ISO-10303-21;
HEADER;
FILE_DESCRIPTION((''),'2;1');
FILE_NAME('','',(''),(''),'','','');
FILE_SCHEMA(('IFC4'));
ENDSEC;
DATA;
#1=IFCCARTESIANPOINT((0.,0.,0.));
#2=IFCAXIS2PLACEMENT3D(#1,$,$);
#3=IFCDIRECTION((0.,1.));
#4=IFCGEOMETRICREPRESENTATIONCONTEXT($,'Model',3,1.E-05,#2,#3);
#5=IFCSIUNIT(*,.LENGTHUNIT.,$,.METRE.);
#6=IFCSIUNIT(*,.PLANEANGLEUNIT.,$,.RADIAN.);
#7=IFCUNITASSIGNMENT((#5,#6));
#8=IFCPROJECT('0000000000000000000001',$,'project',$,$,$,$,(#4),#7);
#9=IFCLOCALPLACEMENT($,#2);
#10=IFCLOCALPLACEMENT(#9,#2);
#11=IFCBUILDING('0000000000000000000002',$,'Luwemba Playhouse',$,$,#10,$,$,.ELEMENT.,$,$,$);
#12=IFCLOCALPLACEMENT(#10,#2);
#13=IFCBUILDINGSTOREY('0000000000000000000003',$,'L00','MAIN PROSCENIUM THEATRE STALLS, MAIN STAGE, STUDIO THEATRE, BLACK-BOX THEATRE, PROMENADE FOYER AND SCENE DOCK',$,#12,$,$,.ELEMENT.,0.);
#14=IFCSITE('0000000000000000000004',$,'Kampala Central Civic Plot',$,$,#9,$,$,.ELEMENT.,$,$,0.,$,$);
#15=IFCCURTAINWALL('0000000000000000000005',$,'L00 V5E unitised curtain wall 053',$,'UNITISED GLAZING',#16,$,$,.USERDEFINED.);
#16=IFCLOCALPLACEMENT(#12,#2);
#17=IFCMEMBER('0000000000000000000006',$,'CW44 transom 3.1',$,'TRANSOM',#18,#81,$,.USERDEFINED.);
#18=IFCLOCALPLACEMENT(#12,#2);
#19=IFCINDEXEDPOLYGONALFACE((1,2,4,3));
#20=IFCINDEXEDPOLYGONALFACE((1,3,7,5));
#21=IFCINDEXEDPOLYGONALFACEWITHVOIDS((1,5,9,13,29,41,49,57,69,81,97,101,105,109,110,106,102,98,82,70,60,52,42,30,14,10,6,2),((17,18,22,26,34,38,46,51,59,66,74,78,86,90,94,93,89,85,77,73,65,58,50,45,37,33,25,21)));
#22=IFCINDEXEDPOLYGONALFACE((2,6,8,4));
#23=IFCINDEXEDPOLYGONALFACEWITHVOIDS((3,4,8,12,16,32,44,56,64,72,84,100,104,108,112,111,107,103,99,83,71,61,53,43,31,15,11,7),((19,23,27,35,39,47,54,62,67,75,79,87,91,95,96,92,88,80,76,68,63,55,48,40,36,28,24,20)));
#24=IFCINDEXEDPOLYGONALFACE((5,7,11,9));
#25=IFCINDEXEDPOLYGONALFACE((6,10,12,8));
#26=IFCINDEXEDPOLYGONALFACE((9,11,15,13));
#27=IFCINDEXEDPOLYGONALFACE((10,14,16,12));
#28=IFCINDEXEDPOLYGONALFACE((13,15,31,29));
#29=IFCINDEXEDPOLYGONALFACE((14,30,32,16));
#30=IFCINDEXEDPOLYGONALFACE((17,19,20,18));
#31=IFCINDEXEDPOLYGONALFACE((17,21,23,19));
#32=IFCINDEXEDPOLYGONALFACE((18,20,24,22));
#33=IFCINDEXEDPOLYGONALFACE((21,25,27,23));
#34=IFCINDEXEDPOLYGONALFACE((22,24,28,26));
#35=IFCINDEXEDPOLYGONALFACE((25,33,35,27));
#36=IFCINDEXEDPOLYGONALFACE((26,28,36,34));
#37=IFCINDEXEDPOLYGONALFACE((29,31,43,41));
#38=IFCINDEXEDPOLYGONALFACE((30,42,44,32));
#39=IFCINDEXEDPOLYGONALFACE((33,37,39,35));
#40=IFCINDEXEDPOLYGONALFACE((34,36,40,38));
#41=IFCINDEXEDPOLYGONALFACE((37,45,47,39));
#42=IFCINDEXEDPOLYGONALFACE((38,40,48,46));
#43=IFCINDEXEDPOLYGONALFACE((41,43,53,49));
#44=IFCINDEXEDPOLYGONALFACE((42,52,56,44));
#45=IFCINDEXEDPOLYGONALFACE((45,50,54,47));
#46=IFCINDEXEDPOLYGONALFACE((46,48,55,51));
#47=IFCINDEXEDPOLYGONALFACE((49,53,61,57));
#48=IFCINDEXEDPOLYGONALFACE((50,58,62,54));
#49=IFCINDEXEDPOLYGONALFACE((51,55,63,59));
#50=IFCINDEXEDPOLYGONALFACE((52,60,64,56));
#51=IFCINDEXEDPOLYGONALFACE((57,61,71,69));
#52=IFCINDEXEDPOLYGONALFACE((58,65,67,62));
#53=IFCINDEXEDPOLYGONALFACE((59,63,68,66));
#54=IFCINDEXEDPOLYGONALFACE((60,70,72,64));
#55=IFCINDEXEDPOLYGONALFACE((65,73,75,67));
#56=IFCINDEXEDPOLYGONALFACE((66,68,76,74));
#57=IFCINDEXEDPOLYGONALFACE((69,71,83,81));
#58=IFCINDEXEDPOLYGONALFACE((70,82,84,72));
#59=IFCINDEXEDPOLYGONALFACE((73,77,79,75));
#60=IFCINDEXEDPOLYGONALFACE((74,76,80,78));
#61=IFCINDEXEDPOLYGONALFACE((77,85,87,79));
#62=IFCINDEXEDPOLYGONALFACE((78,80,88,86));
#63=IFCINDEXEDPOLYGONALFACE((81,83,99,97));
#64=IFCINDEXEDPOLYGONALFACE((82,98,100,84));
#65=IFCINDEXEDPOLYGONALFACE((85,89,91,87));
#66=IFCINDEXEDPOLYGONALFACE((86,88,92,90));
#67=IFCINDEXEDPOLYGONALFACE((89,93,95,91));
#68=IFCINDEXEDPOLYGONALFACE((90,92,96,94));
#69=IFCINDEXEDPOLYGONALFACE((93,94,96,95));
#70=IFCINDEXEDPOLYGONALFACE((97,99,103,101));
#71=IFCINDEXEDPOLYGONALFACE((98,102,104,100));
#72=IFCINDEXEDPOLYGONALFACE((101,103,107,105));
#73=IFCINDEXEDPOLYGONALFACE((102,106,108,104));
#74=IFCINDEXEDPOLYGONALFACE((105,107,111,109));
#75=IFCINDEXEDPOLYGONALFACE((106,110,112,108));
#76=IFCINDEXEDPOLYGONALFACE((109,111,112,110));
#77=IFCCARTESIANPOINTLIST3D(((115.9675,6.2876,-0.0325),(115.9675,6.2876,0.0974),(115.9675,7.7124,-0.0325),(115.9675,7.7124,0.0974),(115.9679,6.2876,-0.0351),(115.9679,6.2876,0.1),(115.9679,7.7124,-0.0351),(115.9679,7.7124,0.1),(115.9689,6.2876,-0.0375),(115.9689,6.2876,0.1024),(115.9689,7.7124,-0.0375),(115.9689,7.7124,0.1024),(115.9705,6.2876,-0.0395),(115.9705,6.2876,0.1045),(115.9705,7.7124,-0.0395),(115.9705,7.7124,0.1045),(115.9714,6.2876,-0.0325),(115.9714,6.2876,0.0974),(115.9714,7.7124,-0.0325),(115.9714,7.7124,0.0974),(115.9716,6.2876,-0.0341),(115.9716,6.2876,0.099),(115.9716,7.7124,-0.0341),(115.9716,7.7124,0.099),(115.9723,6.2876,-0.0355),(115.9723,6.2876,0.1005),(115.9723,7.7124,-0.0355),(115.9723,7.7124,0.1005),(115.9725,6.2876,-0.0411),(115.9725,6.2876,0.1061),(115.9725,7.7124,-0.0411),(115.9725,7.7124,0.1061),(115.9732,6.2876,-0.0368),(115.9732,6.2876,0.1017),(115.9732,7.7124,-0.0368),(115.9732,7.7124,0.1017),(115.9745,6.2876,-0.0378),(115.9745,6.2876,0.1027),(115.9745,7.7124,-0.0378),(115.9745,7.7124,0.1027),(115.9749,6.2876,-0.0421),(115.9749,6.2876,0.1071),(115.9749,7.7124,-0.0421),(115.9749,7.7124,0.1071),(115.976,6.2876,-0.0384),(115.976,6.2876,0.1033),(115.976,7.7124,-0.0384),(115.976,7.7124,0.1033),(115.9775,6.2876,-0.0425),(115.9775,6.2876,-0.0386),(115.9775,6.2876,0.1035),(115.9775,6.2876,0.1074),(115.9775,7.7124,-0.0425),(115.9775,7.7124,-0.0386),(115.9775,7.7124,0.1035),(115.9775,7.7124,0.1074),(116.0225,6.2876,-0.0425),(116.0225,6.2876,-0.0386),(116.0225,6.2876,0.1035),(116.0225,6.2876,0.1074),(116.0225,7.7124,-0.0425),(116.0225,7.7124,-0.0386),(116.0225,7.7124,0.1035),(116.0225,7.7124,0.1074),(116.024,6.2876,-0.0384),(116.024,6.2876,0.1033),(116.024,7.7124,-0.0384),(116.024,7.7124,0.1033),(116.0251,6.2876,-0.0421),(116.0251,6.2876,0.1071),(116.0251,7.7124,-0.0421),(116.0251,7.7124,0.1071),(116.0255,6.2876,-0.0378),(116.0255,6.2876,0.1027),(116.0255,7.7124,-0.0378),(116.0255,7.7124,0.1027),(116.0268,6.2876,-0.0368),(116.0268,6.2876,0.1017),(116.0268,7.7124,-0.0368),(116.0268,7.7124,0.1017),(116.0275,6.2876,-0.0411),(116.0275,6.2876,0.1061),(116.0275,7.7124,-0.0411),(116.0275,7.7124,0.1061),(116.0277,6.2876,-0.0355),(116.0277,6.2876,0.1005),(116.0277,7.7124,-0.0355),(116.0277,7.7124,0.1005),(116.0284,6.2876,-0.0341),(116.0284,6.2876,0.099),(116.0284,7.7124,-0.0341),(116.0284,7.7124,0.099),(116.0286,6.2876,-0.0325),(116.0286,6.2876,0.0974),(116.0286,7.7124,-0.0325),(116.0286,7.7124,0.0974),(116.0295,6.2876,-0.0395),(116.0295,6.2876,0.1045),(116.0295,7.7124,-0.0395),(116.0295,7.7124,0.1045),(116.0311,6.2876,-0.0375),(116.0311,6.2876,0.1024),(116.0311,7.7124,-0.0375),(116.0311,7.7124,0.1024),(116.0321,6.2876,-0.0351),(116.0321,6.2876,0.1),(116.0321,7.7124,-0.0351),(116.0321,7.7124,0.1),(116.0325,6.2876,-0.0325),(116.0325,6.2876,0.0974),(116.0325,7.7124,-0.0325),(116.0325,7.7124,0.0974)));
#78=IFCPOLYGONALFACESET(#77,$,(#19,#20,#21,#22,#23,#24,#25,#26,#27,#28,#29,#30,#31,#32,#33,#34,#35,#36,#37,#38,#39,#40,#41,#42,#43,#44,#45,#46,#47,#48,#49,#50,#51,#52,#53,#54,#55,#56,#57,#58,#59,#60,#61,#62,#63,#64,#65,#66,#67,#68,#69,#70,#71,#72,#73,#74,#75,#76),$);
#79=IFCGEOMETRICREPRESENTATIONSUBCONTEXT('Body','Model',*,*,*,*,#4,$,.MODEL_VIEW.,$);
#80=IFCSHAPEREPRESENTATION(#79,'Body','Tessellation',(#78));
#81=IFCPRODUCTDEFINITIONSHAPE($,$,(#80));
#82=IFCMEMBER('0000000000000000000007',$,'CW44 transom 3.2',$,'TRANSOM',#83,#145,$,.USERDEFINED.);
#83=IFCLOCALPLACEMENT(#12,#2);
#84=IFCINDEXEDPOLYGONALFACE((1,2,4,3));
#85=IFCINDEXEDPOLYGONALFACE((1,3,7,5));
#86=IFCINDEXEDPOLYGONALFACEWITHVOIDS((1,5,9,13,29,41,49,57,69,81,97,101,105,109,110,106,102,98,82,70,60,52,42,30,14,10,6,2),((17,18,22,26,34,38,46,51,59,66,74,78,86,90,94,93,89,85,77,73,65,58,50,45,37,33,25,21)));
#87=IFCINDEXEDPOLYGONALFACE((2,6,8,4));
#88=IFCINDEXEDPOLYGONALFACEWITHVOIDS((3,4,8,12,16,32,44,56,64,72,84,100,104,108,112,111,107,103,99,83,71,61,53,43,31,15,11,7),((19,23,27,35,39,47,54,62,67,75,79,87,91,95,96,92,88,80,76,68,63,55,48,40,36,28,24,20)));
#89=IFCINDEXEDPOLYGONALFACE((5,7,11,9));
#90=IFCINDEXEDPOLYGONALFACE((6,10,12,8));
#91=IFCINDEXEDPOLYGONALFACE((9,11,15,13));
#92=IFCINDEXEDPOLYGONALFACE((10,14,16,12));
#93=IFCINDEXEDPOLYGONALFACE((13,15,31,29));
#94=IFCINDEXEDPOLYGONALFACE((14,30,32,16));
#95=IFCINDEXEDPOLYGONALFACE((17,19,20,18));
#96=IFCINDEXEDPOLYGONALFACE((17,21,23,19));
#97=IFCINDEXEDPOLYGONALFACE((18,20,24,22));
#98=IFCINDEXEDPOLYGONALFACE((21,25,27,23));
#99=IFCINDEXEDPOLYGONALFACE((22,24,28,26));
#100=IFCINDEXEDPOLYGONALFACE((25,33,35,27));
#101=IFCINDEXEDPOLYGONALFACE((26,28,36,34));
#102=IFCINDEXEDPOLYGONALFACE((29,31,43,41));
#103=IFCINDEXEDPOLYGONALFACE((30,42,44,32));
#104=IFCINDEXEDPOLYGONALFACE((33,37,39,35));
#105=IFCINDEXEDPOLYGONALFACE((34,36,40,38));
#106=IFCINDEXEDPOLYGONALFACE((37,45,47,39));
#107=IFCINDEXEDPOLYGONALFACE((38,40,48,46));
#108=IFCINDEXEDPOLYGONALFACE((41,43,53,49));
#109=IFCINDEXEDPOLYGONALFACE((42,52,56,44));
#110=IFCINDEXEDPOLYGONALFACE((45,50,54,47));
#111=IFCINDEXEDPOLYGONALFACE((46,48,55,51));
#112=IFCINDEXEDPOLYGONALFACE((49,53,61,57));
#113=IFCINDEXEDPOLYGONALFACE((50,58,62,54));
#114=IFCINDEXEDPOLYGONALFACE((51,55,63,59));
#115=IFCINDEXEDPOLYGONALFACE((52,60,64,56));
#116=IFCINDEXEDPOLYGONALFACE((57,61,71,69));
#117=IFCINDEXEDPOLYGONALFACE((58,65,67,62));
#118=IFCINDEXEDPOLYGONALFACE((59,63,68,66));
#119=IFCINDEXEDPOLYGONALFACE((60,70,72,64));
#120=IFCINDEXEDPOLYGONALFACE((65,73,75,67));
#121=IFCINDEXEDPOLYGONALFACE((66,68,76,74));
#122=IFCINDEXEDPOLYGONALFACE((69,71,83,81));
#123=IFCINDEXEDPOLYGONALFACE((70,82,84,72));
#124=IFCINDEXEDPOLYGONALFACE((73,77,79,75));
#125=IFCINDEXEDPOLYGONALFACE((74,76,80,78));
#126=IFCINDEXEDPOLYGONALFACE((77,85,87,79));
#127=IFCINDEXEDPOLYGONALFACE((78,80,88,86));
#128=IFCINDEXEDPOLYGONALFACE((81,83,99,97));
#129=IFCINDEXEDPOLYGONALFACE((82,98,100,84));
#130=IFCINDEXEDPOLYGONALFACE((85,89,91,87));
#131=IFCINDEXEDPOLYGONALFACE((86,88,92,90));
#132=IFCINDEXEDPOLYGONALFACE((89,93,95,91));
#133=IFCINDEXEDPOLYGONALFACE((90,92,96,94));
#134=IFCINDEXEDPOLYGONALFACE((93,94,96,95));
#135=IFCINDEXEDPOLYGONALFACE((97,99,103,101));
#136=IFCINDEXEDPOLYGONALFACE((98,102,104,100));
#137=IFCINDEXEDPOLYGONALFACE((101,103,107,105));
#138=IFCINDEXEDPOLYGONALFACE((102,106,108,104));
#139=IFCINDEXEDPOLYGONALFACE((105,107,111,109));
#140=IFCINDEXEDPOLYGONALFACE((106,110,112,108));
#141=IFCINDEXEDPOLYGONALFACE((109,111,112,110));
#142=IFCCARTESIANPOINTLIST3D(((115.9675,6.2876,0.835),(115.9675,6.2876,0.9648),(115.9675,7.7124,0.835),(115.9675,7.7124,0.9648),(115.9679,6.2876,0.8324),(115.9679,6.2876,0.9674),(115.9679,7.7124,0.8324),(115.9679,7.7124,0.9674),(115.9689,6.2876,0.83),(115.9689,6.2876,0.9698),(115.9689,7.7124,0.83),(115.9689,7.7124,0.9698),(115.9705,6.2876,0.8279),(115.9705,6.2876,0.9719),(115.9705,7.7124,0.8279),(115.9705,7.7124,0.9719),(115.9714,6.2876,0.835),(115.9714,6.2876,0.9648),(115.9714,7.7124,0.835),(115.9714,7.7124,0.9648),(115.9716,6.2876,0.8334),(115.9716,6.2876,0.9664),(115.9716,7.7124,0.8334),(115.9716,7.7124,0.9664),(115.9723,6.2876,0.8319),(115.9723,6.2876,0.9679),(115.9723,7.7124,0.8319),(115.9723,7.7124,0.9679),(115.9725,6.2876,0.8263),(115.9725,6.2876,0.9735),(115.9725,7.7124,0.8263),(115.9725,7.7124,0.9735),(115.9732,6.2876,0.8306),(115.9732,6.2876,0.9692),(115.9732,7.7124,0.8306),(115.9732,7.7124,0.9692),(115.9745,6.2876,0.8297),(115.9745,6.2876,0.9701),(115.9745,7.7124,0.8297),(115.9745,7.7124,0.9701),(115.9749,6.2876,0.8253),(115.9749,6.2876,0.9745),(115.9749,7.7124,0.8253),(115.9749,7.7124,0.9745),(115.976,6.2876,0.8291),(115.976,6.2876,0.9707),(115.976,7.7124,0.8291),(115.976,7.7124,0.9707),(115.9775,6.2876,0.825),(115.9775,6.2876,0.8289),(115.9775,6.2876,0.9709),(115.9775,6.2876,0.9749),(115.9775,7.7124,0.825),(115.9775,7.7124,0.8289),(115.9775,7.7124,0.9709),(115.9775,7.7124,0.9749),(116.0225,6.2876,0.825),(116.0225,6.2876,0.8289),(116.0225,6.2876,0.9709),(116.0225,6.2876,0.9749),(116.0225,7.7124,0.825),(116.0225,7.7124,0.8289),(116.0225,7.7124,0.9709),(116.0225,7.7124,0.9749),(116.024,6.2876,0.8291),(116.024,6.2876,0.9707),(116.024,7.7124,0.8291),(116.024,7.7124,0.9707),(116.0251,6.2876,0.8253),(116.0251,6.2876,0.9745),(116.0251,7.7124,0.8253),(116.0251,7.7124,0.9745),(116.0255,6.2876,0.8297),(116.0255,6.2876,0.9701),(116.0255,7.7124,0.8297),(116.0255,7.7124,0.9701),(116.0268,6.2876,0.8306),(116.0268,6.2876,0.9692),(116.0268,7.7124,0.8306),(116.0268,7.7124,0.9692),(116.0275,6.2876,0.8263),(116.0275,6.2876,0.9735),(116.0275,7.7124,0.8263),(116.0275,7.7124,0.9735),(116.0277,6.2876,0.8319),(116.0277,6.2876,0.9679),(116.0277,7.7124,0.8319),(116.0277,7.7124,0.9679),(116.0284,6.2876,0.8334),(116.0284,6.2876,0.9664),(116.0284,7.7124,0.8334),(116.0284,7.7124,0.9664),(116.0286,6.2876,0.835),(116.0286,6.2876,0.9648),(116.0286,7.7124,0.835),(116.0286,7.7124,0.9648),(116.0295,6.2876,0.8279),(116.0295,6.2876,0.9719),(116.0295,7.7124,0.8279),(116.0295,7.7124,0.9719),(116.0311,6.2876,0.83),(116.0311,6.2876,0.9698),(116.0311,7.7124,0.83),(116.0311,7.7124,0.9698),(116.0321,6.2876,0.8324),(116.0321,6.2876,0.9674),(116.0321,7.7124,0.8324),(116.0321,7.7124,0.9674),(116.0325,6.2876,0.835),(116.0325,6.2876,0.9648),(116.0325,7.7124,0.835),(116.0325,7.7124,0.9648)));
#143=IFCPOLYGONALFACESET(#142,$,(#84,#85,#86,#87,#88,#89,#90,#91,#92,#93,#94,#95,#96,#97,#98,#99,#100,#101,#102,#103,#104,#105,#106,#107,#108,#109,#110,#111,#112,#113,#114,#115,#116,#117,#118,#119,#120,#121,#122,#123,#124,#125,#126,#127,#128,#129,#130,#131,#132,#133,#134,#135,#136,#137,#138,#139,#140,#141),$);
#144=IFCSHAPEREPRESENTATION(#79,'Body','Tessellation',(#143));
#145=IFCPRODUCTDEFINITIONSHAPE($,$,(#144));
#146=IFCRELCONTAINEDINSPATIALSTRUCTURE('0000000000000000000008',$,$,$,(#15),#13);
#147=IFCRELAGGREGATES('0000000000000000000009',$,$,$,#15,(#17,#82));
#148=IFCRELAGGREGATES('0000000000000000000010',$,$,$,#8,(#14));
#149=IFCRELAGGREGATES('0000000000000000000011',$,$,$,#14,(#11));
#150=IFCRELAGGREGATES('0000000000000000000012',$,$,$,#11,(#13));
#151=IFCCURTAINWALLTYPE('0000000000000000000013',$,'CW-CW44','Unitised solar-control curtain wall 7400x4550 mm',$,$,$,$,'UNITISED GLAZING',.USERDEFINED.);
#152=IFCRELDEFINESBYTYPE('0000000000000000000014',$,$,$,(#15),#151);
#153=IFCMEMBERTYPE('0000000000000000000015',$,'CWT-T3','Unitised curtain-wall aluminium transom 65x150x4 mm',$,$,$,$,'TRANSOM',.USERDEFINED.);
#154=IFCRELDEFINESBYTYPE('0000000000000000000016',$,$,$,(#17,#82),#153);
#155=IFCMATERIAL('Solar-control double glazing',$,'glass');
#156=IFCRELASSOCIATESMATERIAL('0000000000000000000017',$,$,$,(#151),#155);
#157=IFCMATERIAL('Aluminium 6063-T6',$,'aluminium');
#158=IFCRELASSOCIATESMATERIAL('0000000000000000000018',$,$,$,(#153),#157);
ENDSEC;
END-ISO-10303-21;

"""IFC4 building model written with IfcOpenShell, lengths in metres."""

from ifc_helpers import new_model, si_unit, direction, frame, origin, origin_2d, place, context, subcontext, project, spatial, hollow_rectangle, extrude, material, material_profile, profile_set, type_object, element, aggregate, save


model = new_model("IFC4")

# Units and contexts
model_context = context("Model", 3, precision=1e-05, world=origin(), true_north=direction((0.0, 1.0)))
body_context = subcontext(model_context, "Body", "Model", "MODEL_VIEW")
ifc_project = project(units=[si_unit("LENGTHUNIT", "METRE"), si_unit("PLANEANGLEUNIT", "RADIAN")], contexts=[model_context])

# Site, building, storey
site_placement = place(None, origin())
site = spatial("IfcSite", under=ifc_project, at=site_placement, Name="Kampala Central Civic Plot", CompositionType="ELEMENT", RefElevation=0.0)
building_placement = place(site_placement, origin())
building = spatial("IfcBuilding", under=site, at=building_placement, Name="Luwemba Playhouse", CompositionType="ELEMENT")
storey_placement = place(building_placement, origin())
storey = spatial("IfcBuildingStorey", under=building, at=storey_placement, Name="L00", Description="MAIN PROSCENIUM THEATRE STALLS, MAIN STAGE, STUDIO THEATRE, BLACK-BOX THEATRE, PROMENADE FOYER AND SCENE DOCK", CompositionType="ELEMENT", Elevation=0.0)

# Curtain wall, members
ifc_material_1 = material(Name="Solar-control double glazing", Category="glass")
curtain_wall_type = type_object("IfcCurtainWallType", Name="CW-CW44", Description="Unitised solar-control curtain wall 7400x4550 mm", ElementType="UNITISED GLAZING", PredefinedType="USERDEFINED", material=ifc_material_1)
curtain_wall_placement = place(storey_placement, origin())
curtain_wall = element("IfcCurtainWall", 1, at=curtain_wall_placement, inside=storey, type_object=curtain_wall_type, Name="L00 V5E unitised curtain wall 053", ObjectType="UNITISED GLAZING", PredefinedType="USERDEFINED")
ifc_material_2 = material(Name="Aluminium 6063-T6", Category="aluminium")
ifc_material_profile_1 = material_profile(ifc_material_2, hollow_rectangle(XDim=0.0649, YDim=0.1499, WallThickness=0.0039, InnerFilletRadius=0.0061, OuterFilletRadius=0.01, at=origin_2d()))
ifc_profile_set_1 = profile_set([ifc_material_profile_1], Name="Aluminium 6063-T6")
member_type_1 = type_object("IfcMemberType", Name="CWT-T3", Description="Unitised curtain-wall aluminium transom 65x150x4 mm", ElementType="TRANSOM", PredefinedType="USERDEFINED", material=ifc_profile_set_1)
member_1_placement = place(storey_placement, frame((116.0, 6.2876, 0.0325), z_axis=(0.0, 1.0, 0.0), x_axis=(-1.0, 0.0, 0.0)))
member_1 = element("IfcMember", 2, at=member_1_placement, type_object=member_type_1, Name="CW44 transom 3.1", ObjectType="TRANSOM", PredefinedType="USERDEFINED", context=body_context, shape_type="SweptSolid", body=[
    extrude(hollow_rectangle(XDim=0.0649, YDim=0.1499, WallThickness=0.0039, InnerFilletRadius=0.0061, OuterFilletRadius=0.01, at=origin_2d()), origin(), (0.0, 0.0, 1.0), 1.4248),
])
member_2_placement = place(storey_placement, frame((116.0, 6.2876, 0.8999), z_axis=(0.0, 1.0, 0.0), x_axis=(-1.0, 0.0, 0.0)))
member_2 = element("IfcMember", 3, at=member_2_placement, type_object=member_type_1, Name="CW44 transom 3.2", ObjectType="TRANSOM", PredefinedType="USERDEFINED", context=body_context, shape_type="SweptSolid", body=[
    extrude(hollow_rectangle(XDim=0.0649, YDim=0.1499, WallThickness=0.0039, InnerFilletRadius=0.0061, OuterFilletRadius=0.01, at=origin_2d()), origin(), (0.0, 0.0, 1.0), 1.4248),
])
aggregate(curtain_wall, [member_1, member_2])

save(model, "model.ifc")
